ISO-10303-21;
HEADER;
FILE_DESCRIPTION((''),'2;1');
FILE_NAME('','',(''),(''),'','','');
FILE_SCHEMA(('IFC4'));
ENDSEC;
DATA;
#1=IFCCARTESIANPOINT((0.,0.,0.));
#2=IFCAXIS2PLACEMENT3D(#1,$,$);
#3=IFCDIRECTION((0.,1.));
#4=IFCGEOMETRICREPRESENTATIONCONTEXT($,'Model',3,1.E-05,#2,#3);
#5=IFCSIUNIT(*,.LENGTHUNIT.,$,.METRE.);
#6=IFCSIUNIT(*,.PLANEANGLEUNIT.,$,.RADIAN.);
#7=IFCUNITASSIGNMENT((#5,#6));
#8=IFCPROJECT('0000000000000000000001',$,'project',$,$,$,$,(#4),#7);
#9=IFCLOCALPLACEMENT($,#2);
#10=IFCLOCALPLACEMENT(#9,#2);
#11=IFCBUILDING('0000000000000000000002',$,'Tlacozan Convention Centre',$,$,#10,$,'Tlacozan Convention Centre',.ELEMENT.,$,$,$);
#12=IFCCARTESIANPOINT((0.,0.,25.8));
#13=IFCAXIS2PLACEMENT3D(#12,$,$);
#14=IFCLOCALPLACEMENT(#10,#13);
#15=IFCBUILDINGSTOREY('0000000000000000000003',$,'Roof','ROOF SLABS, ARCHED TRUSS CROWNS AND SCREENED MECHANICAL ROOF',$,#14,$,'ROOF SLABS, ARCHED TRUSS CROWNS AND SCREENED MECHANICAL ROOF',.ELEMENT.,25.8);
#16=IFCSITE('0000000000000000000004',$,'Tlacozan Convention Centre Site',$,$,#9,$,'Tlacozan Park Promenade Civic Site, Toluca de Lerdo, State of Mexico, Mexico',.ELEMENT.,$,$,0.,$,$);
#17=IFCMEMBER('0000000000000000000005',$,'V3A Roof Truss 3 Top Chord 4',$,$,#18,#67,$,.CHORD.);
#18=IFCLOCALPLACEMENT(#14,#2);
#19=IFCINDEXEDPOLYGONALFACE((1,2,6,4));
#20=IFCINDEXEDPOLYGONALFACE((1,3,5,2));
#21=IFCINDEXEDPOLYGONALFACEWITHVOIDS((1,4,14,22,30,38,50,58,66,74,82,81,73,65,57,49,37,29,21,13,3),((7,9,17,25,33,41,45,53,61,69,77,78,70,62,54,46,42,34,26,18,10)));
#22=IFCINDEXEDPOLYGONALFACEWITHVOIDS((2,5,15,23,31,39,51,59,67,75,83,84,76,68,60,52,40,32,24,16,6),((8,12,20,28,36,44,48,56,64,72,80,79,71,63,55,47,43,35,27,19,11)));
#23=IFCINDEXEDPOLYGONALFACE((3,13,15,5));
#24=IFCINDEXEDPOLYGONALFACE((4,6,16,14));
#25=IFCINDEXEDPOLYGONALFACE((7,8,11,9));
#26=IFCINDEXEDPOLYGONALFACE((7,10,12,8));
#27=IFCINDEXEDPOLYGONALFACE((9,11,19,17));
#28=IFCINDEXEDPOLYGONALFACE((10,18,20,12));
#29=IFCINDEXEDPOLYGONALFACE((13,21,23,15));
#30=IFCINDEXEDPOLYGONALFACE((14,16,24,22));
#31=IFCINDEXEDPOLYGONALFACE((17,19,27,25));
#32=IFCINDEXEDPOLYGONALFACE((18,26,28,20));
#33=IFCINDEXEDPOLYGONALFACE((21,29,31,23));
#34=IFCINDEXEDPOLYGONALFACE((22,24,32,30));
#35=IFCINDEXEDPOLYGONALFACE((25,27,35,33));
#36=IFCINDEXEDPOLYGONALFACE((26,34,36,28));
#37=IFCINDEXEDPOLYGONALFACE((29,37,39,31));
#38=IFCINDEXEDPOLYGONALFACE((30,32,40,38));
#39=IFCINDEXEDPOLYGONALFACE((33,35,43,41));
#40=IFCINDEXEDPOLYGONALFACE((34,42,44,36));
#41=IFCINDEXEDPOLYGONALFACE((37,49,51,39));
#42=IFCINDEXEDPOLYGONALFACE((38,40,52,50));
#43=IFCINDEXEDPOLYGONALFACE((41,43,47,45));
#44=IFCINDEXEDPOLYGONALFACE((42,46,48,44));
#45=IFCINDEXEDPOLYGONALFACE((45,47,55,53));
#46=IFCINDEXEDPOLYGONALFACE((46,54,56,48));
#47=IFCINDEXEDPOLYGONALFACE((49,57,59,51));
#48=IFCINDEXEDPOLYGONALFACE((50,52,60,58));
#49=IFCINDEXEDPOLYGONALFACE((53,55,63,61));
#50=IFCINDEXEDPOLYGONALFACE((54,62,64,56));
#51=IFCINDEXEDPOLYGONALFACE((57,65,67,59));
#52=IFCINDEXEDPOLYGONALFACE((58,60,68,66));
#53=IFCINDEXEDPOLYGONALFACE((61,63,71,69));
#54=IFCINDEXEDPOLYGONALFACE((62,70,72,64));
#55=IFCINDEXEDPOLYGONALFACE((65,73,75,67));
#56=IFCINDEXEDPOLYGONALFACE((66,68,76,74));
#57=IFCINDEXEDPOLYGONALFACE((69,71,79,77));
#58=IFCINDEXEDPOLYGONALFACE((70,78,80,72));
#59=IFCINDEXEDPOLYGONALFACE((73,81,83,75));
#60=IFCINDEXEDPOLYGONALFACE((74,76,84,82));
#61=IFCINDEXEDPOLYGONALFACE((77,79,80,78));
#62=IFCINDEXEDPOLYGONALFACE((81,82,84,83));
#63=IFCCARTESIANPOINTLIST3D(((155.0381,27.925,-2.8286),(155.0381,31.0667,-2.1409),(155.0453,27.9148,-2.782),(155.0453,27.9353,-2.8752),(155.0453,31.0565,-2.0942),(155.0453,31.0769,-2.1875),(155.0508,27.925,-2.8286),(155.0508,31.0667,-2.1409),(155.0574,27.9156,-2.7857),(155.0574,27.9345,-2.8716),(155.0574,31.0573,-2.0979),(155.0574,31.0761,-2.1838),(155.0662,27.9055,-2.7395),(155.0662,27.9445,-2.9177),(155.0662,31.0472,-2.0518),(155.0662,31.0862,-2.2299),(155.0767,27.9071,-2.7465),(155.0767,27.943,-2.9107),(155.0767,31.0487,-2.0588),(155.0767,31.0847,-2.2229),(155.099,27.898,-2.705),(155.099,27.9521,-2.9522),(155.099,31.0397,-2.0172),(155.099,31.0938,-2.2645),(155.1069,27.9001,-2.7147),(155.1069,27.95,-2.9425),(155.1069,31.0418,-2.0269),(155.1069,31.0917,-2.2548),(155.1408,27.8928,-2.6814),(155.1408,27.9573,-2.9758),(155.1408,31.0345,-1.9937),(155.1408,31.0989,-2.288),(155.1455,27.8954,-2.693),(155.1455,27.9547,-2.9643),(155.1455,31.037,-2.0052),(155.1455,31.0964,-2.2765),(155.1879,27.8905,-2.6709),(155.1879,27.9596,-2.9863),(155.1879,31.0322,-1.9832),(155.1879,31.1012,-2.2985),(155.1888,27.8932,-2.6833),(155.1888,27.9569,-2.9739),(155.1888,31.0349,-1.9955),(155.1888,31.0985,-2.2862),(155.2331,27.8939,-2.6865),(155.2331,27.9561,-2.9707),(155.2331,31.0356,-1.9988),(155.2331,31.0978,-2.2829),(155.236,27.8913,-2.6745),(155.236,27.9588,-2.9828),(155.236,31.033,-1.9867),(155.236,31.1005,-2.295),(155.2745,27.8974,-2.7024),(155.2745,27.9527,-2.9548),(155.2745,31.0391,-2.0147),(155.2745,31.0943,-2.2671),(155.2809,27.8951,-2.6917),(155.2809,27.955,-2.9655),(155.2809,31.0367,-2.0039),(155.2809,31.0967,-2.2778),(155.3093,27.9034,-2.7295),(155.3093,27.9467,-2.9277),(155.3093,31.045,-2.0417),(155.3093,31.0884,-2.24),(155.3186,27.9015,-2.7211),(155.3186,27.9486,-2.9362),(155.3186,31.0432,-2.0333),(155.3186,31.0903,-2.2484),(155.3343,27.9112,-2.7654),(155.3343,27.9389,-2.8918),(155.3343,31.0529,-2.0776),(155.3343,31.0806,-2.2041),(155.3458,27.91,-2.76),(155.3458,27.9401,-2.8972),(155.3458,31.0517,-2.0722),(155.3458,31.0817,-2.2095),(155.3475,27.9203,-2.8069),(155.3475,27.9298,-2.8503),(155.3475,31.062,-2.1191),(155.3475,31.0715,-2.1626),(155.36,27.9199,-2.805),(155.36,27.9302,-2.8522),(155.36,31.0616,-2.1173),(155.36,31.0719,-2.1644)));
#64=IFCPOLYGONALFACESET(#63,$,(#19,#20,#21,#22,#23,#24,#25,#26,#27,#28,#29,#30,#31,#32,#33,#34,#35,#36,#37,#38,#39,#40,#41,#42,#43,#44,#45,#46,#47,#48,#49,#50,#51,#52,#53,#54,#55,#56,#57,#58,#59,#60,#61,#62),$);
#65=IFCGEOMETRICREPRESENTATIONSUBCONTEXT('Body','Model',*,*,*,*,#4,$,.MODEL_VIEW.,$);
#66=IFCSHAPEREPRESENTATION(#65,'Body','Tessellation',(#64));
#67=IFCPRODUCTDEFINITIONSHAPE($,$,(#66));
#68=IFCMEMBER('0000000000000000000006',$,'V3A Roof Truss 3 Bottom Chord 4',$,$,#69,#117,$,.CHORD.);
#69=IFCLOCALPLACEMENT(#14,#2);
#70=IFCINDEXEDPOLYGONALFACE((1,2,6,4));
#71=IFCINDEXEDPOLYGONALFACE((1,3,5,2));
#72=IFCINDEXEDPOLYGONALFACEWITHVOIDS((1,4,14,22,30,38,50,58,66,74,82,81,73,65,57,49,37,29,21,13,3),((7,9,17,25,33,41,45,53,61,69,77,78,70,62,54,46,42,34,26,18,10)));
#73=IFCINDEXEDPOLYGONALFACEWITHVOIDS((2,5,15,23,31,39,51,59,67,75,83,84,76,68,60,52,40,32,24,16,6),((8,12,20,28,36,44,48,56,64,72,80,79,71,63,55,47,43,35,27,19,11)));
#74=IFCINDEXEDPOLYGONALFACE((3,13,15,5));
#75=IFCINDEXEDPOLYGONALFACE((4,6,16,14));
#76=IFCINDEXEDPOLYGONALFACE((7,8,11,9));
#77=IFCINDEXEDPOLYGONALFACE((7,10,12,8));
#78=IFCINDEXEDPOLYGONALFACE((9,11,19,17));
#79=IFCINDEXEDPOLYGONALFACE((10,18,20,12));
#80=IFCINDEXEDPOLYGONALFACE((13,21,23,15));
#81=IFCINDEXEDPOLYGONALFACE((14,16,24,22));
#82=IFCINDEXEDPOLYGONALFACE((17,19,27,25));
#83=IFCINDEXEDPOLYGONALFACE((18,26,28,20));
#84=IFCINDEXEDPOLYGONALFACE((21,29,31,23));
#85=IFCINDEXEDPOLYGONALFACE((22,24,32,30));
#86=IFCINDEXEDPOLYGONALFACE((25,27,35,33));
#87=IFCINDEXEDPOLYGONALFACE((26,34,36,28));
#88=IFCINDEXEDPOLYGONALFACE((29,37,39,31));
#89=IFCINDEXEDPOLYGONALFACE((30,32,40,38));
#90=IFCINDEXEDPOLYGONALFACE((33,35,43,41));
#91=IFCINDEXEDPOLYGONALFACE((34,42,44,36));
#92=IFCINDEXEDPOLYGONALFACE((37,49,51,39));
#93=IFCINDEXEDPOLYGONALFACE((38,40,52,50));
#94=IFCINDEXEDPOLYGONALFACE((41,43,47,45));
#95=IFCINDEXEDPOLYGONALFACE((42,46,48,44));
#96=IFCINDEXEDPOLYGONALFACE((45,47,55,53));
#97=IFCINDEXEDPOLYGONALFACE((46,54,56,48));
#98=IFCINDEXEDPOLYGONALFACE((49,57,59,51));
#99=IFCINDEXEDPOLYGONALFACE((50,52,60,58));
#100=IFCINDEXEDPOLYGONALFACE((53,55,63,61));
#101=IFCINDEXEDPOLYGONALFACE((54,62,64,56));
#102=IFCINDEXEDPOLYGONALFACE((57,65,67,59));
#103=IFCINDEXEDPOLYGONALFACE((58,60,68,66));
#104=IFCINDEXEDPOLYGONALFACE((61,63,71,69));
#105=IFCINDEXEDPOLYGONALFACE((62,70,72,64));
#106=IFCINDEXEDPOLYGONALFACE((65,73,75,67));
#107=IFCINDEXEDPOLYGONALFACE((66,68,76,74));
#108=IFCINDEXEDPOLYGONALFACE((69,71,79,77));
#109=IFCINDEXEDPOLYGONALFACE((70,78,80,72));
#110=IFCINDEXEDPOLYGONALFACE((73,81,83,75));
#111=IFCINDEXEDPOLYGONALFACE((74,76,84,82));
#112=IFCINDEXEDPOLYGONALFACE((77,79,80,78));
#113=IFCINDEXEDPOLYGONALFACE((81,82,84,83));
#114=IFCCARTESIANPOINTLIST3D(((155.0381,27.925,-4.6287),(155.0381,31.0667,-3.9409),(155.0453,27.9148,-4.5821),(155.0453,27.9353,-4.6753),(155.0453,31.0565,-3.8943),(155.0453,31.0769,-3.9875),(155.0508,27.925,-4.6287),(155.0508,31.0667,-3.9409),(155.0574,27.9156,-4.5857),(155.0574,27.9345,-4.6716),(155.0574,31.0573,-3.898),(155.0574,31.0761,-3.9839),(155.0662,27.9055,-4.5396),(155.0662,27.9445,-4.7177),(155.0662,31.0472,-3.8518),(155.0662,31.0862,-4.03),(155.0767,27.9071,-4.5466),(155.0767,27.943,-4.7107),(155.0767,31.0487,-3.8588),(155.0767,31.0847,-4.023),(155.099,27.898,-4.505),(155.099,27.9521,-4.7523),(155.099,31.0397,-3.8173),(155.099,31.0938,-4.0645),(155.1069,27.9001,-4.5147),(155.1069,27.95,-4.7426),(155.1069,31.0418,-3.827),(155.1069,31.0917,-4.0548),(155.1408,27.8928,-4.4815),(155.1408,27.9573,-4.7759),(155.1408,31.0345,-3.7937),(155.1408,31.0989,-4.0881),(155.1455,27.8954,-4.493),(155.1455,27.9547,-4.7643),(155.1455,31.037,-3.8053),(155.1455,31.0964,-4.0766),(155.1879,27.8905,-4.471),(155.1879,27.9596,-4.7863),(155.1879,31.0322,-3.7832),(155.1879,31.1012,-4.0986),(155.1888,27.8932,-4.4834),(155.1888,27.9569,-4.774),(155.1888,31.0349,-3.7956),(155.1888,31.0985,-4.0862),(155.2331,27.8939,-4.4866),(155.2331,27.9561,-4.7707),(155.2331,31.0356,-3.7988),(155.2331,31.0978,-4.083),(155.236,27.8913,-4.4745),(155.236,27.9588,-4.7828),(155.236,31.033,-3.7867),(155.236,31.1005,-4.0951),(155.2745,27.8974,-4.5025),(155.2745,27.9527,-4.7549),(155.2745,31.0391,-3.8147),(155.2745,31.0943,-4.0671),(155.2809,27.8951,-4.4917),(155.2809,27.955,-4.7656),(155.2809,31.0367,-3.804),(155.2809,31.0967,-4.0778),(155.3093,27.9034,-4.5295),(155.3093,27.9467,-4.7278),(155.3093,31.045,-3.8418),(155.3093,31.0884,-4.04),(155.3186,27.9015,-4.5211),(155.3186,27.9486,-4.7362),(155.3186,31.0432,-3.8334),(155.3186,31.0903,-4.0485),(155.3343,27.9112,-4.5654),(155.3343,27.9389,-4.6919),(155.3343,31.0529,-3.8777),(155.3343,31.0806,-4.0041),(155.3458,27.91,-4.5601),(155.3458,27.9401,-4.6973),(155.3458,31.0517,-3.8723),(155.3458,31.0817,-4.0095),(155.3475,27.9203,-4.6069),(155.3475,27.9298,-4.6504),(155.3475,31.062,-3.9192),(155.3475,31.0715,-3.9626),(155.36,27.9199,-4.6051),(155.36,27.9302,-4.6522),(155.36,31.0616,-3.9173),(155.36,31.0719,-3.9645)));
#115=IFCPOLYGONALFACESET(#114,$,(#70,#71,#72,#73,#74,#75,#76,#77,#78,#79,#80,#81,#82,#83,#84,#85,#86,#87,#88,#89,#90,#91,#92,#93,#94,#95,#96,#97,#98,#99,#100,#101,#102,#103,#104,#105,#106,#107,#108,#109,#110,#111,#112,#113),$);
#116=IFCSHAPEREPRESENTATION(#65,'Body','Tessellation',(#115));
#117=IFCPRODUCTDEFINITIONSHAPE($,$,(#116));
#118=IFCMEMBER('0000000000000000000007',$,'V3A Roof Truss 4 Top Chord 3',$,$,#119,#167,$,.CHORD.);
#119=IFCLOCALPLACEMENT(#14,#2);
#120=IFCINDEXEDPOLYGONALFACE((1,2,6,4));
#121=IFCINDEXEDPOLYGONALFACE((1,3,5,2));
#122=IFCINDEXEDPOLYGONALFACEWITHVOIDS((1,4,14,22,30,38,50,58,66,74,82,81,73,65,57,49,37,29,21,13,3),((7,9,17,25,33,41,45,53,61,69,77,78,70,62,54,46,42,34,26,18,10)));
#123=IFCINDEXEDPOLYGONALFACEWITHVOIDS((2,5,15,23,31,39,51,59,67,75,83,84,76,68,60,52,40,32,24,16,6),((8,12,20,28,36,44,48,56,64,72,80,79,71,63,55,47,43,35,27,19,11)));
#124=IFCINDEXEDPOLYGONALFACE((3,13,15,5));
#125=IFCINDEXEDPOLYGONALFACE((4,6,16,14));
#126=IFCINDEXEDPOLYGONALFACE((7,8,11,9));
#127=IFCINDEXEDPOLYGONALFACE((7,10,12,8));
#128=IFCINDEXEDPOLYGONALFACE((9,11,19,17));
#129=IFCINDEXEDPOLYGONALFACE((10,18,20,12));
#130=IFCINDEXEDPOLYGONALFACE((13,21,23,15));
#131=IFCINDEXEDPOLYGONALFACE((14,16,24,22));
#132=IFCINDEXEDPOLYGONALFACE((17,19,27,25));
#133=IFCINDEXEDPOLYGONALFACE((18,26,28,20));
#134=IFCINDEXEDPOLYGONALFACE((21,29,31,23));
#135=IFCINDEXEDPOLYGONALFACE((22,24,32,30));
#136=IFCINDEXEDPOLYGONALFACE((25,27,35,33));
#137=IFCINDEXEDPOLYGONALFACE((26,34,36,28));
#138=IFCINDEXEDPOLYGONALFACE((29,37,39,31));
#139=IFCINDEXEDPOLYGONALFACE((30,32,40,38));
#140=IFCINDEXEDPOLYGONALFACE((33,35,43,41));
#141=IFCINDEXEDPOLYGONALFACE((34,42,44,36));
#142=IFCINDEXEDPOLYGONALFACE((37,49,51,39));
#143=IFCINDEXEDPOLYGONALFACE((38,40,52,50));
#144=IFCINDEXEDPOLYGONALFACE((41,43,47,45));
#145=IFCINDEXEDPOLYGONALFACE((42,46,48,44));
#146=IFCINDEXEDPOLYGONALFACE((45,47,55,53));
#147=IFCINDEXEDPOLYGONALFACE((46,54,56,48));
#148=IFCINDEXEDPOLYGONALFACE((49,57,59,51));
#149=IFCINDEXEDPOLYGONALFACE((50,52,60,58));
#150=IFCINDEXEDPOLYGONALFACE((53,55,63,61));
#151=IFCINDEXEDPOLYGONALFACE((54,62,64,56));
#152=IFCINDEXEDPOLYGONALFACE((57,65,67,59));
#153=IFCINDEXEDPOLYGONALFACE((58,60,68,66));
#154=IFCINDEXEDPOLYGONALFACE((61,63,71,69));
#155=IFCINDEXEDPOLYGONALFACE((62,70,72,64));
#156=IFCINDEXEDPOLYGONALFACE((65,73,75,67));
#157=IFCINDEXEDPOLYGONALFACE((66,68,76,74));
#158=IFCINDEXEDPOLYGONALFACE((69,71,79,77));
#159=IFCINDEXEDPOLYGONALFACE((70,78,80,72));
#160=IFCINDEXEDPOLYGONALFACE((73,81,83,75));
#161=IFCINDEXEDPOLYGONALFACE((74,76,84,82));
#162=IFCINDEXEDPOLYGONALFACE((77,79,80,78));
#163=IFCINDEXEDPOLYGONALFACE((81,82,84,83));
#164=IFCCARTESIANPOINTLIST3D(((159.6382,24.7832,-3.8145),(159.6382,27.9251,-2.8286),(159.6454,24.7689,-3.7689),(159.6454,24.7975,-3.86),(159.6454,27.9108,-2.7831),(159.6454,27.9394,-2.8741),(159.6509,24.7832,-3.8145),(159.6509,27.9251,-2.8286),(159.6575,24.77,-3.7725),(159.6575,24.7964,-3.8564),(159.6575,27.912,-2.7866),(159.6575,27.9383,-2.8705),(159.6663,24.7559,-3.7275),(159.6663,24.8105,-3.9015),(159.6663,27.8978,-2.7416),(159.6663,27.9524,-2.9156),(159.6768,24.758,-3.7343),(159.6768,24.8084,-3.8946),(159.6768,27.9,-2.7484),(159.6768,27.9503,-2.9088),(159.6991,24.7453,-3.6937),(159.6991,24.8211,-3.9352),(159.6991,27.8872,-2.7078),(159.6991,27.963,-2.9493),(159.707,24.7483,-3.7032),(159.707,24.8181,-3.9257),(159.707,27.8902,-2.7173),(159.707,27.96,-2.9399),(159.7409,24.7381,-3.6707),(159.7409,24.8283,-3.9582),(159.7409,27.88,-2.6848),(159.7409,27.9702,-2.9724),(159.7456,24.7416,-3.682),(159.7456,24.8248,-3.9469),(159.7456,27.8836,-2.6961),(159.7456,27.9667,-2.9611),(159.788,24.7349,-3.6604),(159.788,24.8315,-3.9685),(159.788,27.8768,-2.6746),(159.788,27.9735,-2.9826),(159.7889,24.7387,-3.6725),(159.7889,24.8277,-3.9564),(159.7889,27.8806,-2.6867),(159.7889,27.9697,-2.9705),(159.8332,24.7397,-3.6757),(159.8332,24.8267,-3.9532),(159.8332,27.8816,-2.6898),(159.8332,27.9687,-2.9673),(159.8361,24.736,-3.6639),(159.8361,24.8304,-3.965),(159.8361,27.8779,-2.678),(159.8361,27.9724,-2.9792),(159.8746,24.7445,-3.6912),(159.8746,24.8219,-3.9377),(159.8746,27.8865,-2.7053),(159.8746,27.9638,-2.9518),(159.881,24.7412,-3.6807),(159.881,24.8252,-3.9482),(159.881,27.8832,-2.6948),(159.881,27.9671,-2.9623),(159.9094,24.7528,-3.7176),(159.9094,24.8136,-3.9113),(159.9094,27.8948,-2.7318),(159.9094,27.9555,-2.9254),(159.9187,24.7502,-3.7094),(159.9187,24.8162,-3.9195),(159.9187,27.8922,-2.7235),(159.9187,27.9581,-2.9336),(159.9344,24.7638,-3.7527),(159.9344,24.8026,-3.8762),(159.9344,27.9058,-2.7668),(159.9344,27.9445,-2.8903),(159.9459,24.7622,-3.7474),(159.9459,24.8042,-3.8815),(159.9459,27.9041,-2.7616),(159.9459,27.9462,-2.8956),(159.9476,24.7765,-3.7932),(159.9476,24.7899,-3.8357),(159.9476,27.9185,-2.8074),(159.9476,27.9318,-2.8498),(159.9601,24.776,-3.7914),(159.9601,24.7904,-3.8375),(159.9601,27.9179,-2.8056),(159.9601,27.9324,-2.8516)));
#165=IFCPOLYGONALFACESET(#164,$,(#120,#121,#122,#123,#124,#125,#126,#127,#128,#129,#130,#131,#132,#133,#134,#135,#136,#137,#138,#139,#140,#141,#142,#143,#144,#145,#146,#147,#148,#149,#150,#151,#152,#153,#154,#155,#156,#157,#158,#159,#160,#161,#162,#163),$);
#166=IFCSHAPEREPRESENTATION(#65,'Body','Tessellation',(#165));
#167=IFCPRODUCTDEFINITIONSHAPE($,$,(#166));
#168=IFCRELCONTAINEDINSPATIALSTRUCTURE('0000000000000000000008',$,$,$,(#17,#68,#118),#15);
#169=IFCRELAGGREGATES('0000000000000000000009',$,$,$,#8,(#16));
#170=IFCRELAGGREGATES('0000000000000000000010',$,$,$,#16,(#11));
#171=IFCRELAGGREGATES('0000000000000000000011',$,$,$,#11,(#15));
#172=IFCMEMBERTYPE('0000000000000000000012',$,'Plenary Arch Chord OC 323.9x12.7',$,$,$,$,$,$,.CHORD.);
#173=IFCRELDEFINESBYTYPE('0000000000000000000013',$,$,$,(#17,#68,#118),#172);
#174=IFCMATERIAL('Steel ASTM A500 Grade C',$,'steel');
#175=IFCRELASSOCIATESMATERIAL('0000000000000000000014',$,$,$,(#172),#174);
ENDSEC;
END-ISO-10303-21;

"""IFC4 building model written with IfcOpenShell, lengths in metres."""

from ifc_helpers import new_model, si_unit, direction, frame, origin, origin_2d, place, context, subcontext, project, spatial, hollow_circle, extrude, material, material_profile, profile_set, type_object, element, save


model = new_model("IFC4")

# Units and contexts
model_context = context("Model", 3, precision=1e-05, world=origin(), true_north=direction((0.0, 1.0)))
body_context = subcontext(model_context, "Body", "Model", "MODEL_VIEW")
ifc_project = project(units=[si_unit("LENGTHUNIT", "METRE"), si_unit("PLANEANGLEUNIT", "RADIAN")], contexts=[model_context])

# Site, building, storey
site_placement = place(None, origin())
site = spatial("IfcSite", under=ifc_project, at=site_placement, Name="Tlacozan Convention Centre Site", LongName="Tlacozan Park Promenade Civic Site, Toluca de Lerdo, State of Mexico, Mexico", CompositionType="ELEMENT", RefElevation=0.0)
building_placement = place(site_placement, origin())
building = spatial("IfcBuilding", under=site, at=building_placement, Name="Tlacozan Convention Centre", LongName="Tlacozan Convention Centre", CompositionType="ELEMENT")
storey_placement = place(building_placement, frame((0.0, 0.0, 25.8)))
storey = spatial("IfcBuildingStorey", under=building, at=storey_placement, Name="Roof", Description="ROOF SLABS, ARCHED TRUSS CROWNS AND SCREENED MECHANICAL ROOF", LongName="ROOF SLABS, ARCHED TRUSS CROWNS AND SCREENED MECHANICAL ROOF", CompositionType="ELEMENT", Elevation=25.8)

# Members
ifc_material_1 = material(Name="Steel ASTM A500 Grade C", Category="steel")
ifc_material_profile_1 = material_profile(ifc_material_1, hollow_circle(Radius=0.1619, WallThickness=0.0127, at=origin_2d()), Name="OC 323.9x12.7")
ifc_profile_set_1 = profile_set([ifc_material_profile_1], Name="Steel ASTM A500 Grade C")
member_type_1 = type_object("IfcMemberType", Name="Plenary Arch Chord OC 323.9x12.7", PredefinedType="CHORD", material=ifc_profile_set_1)
for number, where, z_axis, x_axis, name in (
    (1, (155.2, 27.925, -2.8286), (0.0, 0.976866, 0.213851), (-1.0, 0.0, 0.0), "V3A Roof Truss 3 Top Chord 4"),
    (2, (155.2, 27.925, -4.6287), (0.0, 0.976866, 0.213851), (-1.0, 0.0, 0.0), "V3A Roof Truss 3 Bottom Chord 4"),
):
    element("IfcMember", number, at=place(storey_placement, frame(where, z_axis=z_axis, x_axis=x_axis)), inside=storey, type_object=member_type_1, Name=name, PredefinedType="CHORD", context=body_context, shape_type="SweptSolid", body=[
        extrude(hollow_circle(Radius=0.1619, WallThickness=0.0127, at=origin_2d()), origin(), (0.0, 0.0, 1.0), 3.2161),
    ])
for number, where, z_axis, x_axis, name in (
    (3, (159.8, 24.7832, -3.8145), (0.0, 0.954132, 0.299385), (-1.0, 0.0, 0.0), "V3A Roof Truss 4 Top Chord 3"),
):
    element("IfcMember", number, at=place(storey_placement, frame(where, z_axis=z_axis, x_axis=x_axis)), inside=storey, type_object=member_type_1, Name=name, PredefinedType="CHORD", context=body_context, shape_type="SweptSolid", body=[
        extrude(hollow_circle(Radius=0.1619, WallThickness=0.0127, at=origin_2d()), origin(), (0.0, 0.0, 1.0), 3.293),
    ])

save(model, "model.ifc")
